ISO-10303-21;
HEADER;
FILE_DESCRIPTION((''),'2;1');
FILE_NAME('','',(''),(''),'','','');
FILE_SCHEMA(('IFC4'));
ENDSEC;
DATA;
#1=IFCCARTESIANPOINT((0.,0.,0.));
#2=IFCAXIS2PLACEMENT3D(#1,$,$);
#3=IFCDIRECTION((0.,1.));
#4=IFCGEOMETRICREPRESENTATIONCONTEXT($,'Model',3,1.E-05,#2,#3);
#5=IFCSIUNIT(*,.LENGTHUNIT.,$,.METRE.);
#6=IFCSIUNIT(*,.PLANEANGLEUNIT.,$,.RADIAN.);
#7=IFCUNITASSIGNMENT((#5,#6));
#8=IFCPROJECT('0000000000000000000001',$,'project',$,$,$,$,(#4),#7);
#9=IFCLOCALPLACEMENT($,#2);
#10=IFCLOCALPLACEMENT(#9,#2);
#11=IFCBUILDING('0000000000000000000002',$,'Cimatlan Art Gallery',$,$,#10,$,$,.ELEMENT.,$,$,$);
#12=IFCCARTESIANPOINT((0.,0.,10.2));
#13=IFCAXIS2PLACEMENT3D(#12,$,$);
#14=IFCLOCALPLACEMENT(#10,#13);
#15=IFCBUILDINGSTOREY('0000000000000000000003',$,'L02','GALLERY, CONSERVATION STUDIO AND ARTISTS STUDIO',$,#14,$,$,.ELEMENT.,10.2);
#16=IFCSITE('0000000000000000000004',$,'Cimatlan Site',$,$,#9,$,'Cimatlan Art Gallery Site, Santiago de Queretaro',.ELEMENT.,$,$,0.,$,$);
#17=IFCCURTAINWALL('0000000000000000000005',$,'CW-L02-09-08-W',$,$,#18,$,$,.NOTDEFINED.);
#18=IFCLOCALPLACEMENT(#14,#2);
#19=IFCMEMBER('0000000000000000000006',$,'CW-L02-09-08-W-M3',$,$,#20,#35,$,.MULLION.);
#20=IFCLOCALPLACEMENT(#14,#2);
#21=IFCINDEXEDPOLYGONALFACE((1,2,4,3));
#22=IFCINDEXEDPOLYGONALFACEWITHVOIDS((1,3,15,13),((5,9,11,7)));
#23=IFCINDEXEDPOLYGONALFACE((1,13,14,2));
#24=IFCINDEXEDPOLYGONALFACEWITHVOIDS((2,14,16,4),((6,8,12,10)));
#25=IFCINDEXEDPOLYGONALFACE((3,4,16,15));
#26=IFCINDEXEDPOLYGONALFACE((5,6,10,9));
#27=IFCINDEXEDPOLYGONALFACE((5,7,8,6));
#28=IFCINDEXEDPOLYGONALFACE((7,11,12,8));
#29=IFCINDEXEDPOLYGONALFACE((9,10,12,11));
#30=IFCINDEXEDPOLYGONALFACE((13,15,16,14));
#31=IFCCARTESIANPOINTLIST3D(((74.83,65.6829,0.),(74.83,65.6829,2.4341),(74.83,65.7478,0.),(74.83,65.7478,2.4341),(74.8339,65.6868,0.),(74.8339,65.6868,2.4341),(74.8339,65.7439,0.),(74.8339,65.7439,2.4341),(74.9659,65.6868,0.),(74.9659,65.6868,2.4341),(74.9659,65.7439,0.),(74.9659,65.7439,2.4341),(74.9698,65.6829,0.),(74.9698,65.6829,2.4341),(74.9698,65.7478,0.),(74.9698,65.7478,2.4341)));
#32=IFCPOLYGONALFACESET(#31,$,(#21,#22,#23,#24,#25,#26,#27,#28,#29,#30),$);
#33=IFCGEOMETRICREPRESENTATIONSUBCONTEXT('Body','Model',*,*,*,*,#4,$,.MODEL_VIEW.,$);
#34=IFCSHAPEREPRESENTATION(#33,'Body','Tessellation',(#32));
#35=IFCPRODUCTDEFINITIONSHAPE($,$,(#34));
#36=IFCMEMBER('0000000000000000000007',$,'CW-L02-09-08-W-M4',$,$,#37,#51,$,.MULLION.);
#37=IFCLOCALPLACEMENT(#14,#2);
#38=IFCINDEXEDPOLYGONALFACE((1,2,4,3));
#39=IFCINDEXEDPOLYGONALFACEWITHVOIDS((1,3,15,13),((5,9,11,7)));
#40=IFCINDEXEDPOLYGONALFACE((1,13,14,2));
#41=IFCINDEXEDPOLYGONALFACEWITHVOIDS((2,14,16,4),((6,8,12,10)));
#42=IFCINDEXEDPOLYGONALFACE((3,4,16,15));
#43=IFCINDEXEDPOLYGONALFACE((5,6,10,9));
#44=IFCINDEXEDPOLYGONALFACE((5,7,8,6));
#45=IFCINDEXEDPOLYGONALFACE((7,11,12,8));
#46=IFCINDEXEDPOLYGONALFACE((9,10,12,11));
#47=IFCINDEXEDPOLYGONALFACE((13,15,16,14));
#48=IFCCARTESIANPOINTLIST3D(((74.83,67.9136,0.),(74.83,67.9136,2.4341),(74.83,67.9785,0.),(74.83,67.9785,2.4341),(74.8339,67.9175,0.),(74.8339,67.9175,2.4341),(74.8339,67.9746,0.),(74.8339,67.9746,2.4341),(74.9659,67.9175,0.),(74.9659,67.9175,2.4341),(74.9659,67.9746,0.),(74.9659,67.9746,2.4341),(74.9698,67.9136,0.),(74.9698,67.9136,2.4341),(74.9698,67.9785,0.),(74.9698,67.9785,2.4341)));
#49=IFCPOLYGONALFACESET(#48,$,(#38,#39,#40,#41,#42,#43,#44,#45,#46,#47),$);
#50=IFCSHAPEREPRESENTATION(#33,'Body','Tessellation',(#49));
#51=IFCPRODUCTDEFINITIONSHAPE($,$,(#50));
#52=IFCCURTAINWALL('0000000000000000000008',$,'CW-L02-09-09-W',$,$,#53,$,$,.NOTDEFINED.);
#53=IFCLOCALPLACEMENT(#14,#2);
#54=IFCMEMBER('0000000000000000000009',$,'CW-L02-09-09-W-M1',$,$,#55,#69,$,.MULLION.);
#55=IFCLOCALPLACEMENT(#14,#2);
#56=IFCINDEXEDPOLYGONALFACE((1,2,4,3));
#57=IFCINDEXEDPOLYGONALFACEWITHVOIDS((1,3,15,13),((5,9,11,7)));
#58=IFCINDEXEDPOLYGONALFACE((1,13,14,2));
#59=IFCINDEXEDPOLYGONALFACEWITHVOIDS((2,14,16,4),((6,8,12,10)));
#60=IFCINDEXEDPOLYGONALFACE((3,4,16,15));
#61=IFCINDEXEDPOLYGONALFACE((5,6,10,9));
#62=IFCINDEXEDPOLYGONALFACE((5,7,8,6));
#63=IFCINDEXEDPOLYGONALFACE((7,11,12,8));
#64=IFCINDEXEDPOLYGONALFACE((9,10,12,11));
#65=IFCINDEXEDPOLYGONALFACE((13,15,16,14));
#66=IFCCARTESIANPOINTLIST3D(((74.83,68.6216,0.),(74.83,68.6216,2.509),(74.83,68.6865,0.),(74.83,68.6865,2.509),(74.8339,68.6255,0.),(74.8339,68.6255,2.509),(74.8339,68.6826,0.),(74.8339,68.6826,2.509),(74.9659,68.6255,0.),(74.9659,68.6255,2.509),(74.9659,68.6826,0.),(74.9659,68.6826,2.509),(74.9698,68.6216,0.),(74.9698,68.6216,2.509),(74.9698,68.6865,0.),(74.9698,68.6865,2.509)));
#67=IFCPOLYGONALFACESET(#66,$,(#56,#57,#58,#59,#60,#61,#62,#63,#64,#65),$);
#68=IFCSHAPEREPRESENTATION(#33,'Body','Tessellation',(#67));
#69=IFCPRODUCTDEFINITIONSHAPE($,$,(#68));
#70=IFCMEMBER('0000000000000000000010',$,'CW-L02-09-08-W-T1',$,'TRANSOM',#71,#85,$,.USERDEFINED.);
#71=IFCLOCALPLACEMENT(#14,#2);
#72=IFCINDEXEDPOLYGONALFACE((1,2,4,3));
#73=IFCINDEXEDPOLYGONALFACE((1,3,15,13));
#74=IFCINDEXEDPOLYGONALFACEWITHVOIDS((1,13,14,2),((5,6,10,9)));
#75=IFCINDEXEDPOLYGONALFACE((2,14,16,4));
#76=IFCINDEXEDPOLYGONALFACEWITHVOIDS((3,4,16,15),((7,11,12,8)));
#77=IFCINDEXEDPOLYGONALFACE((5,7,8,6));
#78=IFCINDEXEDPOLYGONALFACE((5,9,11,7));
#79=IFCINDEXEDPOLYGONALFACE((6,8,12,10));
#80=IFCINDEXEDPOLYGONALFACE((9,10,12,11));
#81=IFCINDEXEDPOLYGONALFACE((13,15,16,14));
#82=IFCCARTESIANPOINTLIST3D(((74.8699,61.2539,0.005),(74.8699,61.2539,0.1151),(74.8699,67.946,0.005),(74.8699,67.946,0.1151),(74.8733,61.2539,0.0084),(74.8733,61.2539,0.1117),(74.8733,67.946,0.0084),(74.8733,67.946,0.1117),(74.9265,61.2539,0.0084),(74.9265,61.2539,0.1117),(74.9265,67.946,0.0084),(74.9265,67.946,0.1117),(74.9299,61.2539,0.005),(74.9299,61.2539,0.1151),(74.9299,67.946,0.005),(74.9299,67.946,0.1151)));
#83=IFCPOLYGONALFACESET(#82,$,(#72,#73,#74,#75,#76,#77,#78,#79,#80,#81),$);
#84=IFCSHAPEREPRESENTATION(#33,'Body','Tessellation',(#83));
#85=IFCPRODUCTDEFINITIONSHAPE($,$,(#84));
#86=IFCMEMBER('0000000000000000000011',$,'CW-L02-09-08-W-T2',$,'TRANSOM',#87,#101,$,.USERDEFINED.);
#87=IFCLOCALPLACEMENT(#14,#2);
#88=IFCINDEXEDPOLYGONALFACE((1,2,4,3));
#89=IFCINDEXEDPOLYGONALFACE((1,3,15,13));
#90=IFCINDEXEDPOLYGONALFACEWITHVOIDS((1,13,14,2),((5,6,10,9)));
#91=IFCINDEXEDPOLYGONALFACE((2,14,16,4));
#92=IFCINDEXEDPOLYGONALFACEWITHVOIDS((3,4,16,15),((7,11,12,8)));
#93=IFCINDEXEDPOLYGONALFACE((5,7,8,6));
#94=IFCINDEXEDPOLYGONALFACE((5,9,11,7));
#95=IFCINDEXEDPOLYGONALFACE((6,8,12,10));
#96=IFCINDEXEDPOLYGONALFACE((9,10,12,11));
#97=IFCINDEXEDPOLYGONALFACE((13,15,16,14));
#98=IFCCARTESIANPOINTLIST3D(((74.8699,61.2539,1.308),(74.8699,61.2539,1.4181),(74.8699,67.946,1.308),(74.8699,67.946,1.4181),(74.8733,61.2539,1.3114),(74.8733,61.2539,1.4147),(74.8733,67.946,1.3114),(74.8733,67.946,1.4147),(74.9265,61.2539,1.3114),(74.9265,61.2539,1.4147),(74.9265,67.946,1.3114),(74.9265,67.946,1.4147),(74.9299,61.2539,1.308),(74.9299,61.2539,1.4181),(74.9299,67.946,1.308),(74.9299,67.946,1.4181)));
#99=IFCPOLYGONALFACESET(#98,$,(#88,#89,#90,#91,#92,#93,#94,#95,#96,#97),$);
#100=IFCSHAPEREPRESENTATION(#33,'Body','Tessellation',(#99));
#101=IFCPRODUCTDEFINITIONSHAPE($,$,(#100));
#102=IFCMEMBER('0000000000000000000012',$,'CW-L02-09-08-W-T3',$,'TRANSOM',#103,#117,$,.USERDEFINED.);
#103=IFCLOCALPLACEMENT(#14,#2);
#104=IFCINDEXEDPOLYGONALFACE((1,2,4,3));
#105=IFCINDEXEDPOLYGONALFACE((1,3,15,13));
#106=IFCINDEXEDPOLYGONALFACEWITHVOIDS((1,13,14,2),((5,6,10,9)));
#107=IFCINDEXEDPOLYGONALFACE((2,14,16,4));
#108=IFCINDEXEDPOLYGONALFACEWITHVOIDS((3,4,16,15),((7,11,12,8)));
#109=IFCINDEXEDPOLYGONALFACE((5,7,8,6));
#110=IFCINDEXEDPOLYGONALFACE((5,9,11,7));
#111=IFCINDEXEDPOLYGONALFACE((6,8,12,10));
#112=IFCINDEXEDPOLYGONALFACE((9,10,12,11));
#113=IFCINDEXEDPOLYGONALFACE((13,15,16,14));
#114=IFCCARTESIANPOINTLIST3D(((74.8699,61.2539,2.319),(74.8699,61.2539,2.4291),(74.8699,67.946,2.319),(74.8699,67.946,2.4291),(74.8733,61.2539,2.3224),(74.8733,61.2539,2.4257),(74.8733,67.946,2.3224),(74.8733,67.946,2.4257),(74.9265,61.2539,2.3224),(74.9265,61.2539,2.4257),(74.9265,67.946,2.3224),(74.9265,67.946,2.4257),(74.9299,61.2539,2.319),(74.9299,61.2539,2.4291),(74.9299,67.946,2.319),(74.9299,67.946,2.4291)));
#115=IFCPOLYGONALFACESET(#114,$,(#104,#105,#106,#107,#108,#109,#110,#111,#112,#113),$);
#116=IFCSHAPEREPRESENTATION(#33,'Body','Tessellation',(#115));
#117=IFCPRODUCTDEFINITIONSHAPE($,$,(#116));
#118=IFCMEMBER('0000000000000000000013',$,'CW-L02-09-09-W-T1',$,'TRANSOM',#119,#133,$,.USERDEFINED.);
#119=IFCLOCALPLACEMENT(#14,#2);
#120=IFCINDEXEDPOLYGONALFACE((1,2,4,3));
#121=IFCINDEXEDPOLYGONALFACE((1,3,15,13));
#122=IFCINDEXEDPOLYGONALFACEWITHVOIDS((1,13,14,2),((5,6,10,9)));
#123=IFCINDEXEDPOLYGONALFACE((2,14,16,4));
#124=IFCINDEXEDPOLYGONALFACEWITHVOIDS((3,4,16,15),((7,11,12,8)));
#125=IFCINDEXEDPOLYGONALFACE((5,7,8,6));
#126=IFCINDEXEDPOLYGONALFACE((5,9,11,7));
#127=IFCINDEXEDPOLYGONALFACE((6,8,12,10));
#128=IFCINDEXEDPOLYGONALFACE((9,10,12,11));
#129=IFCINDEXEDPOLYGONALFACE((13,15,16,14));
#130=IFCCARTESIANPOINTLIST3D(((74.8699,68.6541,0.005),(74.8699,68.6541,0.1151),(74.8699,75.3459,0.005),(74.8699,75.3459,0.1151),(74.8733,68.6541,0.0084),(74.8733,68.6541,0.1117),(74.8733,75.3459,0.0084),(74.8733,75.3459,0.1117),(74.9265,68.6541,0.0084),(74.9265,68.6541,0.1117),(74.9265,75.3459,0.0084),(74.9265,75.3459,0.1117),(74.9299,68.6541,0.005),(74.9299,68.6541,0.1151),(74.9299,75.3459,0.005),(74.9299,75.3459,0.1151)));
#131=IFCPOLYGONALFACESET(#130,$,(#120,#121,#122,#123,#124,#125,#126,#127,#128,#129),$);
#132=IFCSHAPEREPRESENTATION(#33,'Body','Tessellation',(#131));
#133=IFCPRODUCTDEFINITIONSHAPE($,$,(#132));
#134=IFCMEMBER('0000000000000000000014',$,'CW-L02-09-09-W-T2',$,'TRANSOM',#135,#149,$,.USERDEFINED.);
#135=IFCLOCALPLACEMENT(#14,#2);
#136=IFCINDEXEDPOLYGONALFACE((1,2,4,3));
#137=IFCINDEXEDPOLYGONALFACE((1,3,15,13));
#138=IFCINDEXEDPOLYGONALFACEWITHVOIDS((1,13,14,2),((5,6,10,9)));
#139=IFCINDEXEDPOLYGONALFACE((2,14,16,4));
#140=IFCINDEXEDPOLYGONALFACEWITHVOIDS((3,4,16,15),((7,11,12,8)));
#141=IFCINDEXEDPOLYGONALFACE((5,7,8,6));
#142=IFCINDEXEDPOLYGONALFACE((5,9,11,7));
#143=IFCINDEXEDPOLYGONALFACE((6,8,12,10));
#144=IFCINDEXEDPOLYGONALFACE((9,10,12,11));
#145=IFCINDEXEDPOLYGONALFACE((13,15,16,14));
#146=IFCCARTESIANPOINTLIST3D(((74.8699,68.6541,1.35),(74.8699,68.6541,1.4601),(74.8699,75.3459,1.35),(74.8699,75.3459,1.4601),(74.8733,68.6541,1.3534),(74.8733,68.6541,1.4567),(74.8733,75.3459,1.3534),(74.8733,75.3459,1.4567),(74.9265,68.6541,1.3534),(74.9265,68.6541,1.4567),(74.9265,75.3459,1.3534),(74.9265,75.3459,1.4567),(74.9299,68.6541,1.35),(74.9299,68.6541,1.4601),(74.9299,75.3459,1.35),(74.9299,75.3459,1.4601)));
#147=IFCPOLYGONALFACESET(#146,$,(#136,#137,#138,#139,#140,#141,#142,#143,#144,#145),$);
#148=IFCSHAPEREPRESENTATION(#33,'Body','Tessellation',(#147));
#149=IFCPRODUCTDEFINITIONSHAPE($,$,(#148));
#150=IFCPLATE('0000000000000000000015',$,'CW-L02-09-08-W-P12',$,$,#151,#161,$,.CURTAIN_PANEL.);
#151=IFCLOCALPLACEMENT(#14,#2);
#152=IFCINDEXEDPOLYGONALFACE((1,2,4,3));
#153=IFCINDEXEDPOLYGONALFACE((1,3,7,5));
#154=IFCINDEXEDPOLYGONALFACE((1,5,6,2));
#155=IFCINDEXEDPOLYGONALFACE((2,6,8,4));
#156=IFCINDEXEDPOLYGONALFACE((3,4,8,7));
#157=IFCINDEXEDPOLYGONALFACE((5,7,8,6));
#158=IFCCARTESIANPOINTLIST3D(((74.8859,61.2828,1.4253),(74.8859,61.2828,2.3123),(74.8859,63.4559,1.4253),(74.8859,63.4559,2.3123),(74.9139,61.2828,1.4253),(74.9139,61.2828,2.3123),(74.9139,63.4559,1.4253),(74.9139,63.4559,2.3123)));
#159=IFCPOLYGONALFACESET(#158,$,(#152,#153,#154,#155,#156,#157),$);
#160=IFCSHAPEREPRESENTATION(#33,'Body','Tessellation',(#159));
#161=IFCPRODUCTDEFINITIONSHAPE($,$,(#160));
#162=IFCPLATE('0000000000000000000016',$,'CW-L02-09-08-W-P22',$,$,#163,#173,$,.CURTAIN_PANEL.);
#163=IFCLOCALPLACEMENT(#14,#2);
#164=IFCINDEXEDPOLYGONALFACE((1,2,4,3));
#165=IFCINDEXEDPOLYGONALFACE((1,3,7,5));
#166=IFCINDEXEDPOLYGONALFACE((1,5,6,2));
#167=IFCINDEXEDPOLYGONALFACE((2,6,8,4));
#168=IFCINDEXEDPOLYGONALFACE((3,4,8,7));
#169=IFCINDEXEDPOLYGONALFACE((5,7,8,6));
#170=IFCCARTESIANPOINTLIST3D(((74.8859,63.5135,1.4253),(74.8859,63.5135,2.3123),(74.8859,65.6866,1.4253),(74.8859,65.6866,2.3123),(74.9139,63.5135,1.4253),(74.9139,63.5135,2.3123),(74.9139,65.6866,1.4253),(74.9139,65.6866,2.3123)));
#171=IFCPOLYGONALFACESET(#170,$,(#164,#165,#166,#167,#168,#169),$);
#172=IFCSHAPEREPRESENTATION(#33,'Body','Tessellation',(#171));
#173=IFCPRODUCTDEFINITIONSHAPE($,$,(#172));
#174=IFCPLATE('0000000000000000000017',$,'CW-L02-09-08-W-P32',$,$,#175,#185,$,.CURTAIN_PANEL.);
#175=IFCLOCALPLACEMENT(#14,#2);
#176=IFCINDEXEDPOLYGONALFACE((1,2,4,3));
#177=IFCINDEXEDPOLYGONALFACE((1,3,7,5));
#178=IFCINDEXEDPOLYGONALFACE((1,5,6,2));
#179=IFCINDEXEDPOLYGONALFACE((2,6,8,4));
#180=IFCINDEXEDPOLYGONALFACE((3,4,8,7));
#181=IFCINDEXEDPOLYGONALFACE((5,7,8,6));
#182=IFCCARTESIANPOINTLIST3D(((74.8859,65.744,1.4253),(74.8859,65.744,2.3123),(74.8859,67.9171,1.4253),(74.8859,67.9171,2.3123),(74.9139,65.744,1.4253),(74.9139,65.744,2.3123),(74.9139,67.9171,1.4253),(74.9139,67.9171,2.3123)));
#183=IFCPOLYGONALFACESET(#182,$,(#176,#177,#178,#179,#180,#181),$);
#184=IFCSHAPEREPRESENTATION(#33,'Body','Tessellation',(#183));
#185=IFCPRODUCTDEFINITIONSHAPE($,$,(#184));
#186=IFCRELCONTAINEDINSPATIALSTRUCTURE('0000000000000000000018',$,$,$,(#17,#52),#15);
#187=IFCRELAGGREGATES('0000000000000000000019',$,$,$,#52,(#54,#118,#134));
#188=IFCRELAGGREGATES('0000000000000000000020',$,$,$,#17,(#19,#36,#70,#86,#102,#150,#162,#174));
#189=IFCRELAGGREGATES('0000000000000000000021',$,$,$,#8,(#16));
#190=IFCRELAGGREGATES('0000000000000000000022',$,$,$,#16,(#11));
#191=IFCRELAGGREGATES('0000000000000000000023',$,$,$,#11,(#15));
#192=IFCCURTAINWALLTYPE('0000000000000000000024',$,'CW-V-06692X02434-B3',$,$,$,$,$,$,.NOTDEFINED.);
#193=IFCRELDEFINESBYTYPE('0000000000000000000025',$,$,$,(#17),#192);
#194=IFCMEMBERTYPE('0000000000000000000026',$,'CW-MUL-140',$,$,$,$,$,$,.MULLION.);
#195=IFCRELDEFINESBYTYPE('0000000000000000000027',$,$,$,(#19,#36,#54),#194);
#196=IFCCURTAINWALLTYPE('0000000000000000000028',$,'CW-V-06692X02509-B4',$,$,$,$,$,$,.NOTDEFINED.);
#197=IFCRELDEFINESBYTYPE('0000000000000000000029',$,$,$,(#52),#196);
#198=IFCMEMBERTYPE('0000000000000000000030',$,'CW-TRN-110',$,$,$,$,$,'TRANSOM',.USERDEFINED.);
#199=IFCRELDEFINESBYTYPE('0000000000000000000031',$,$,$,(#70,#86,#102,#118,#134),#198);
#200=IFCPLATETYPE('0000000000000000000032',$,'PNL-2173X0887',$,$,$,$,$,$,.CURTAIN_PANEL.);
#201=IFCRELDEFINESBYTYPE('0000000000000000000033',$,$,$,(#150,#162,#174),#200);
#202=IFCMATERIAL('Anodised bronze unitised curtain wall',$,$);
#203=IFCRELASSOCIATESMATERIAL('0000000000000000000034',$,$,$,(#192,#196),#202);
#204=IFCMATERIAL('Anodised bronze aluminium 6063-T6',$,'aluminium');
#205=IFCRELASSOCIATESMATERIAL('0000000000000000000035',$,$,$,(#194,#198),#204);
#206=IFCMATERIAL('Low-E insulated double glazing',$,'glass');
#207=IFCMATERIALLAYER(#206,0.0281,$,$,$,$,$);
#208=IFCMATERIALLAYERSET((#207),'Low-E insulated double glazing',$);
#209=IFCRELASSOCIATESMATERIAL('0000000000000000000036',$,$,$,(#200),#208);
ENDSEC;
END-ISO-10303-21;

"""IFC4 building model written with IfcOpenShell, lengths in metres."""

from ifc_helpers import new_model, si_unit, direction, frame, origin, origin_2d, place, context, subcontext, project, spatial, rectangle, hollow_rectangle, extrude, material, layer, layer_set, material_profile, profile_set, type_object, element, aggregate, save


model = new_model("IFC4")

# Units and contexts
model_context = context("Model", 3, precision=1e-05, world=origin(), true_north=direction((0.0, 1.0)))
body_context = subcontext(model_context, "Body", "Model", "MODEL_VIEW")
ifc_project = project(units=[si_unit("LENGTHUNIT", "METRE"), si_unit("PLANEANGLEUNIT", "RADIAN")], contexts=[model_context])

# Site, building, storey
site_placement = place(None, origin())
site = spatial("IfcSite", under=ifc_project, at=site_placement, Name="Cimatlan Site", LongName="Cimatlan Art Gallery Site, Santiago de Queretaro", CompositionType="ELEMENT", RefElevation=0.0)
building_placement = place(site_placement, origin())
building = spatial("IfcBuilding", under=site, at=building_placement, Name="Cimatlan Art Gallery", CompositionType="ELEMENT")
storey_placement = place(building_placement, frame((0.0, 0.0, 10.2)))
storey = spatial("IfcBuildingStorey", under=building, at=storey_placement, Name="L02", Description="GALLERY, CONSERVATION STUDIO AND ARTISTS STUDIO", CompositionType="ELEMENT", Elevation=10.2)

# Curtain wall, members
ifc_material_1 = material(Name="Anodised bronze unitised curtain wall")
curtain_wall_type_1 = type_object("IfcCurtainWallType", Name="CW-V-06692X02434-B3", PredefinedType="NOTDEFINED", material=ifc_material_1)
curtain_wall_1_placement = place(storey_placement, origin())
curtain_wall_1 = element("IfcCurtainWall", 1, at=curtain_wall_1_placement, inside=storey, type_object=curtain_wall_type_1, Name="CW-L02-09-08-W", PredefinedType="NOTDEFINED")
ifc_material_2 = material(Name="Anodised bronze aluminium 6063-T6", Category="aluminium")
ifc_material_profile_1 = material_profile(ifc_material_2, hollow_rectangle(XDim=0.0649, YDim=0.1399, WallThickness=0.0039, at=origin_2d()), Name="ALU65X140X4")
ifc_profile_set_1 = profile_set([ifc_material_profile_1], Name="Anodised bronze aluminium 6063-T6")
member_type_1 = type_object("IfcMemberType", Name="CW-MUL-140", PredefinedType="MULLION", material=ifc_profile_set_1)
member_1_placement = place(storey_placement, frame((74.8999, 65.7153, 0.0), z_axis=(0.0, 0.0, 1.0), x_axis=(0.0, 1.0, 0.0)))
member_1 = element("IfcMember", 2, at=member_1_placement, type_object=member_type_1, Name="CW-L02-09-08-W-M3", PredefinedType="MULLION", context=body_context, shape_type="SweptSolid", body=[
    extrude(hollow_rectangle(XDim=0.0649, YDim=0.1399, WallThickness=0.0039, at=origin_2d()), origin(), (0.0, 0.0, 1.0), 2.4341),
])
member_2_placement = place(storey_placement, frame((74.8999, 67.946, 0.0), z_axis=(0.0, 0.0, 1.0), x_axis=(0.0, 1.0, 0.0)))
member_2 = element("IfcMember", 3, at=member_2_placement, type_object=member_type_1, Name="CW-L02-09-08-W-M4", PredefinedType="MULLION", context=body_context, shape_type="SweptSolid", body=[
    extrude(hollow_rectangle(XDim=0.0649, YDim=0.1399, WallThickness=0.0039, at=origin_2d()), origin(), (0.0, 0.0, 1.0), 2.4341),
])

# Curtain wall, member
curtain_wall_type_2 = type_object("IfcCurtainWallType", Name="CW-V-06692X02509-B4", PredefinedType="NOTDEFINED", material=ifc_material_1)
curtain_wall_2_placement = place(storey_placement, origin())
curtain_wall_2 = element("IfcCurtainWall", 4, at=curtain_wall_2_placement, inside=storey, type_object=curtain_wall_type_2, Name="CW-L02-09-09-W", PredefinedType="NOTDEFINED")
member_3_placement = place(storey_placement, frame((74.8999, 68.6541, 0.0), z_axis=(0.0, 0.0, 1.0), x_axis=(0.0, 1.0, 0.0)))
member_3 = element("IfcMember", 5, at=member_3_placement, type_object=member_type_1, Name="CW-L02-09-09-W-M1", PredefinedType="MULLION", context=body_context, shape_type="SweptSolid", body=[
    extrude(hollow_rectangle(XDim=0.0649, YDim=0.1399, WallThickness=0.0039, at=origin_2d()), origin(), (0.0, 0.0, 1.0), 2.509),
])

# Members
ifc_material_profile_2 = material_profile(ifc_material_2, hollow_rectangle(XDim=0.0601, YDim=0.1101, WallThickness=0.0034, at=origin_2d()), Name="ALU60X110X3")
ifc_profile_set_2 = profile_set([ifc_material_profile_2], Name="Anodised bronze aluminium 6063-T6")
member_type_2 = type_object("IfcMemberType", Name="CW-TRN-110", ElementType="TRANSOM", PredefinedType="USERDEFINED", material=ifc_profile_set_2)
member_4_placement = place(storey_placement, frame((74.8999, 61.2539, 0.0601), z_axis=(0.0, 1.0, 0.0), x_axis=(-1.0, 0.0, 0.0)))
member_4 = element("IfcMember", 6, at=member_4_placement, type_object=member_type_2, Name="CW-L02-09-08-W-T1", ObjectType="TRANSOM", PredefinedType="USERDEFINED", context=body_context, shape_type="SweptSolid", body=[
    extrude(hollow_rectangle(XDim=0.0601, YDim=0.1101, WallThickness=0.0034, at=origin_2d()), origin(), (0.0, 0.0, 1.0), 6.6921),
])
member_5_placement = place(storey_placement, frame((74.8999, 61.2539, 1.363), z_axis=(0.0, 1.0, 0.0), x_axis=(-1.0, 0.0, 0.0)))
member_5 = element("IfcMember", 7, at=member_5_placement, type_object=member_type_2, Name="CW-L02-09-08-W-T2", ObjectType="TRANSOM", PredefinedType="USERDEFINED", context=body_context, shape_type="SweptSolid", body=[
    extrude(hollow_rectangle(XDim=0.0601, YDim=0.1101, WallThickness=0.0034, at=origin_2d()), origin(), (0.0, 0.0, 1.0), 6.6921),
])
member_6_placement = place(storey_placement, frame((74.8999, 61.2539, 2.374), z_axis=(0.0, 1.0, 0.0), x_axis=(-1.0, 0.0, 0.0)))
member_6 = element("IfcMember", 8, at=member_6_placement, type_object=member_type_2, Name="CW-L02-09-08-W-T3", ObjectType="TRANSOM", PredefinedType="USERDEFINED", context=body_context, shape_type="SweptSolid", body=[
    extrude(hollow_rectangle(XDim=0.0601, YDim=0.1101, WallThickness=0.0034, at=origin_2d()), origin(), (0.0, 0.0, 1.0), 6.6921),
])
member_7_placement = place(storey_placement, frame((74.8999, 68.6541, 0.0601), z_axis=(0.0, 1.0, 0.0), x_axis=(-1.0, 0.0, 0.0)))
member_7 = element("IfcMember", 9, at=member_7_placement, type_object=member_type_2, Name="CW-L02-09-09-W-T1", ObjectType="TRANSOM", PredefinedType="USERDEFINED", context=body_context, shape_type="SweptSolid", body=[
    extrude(hollow_rectangle(XDim=0.0601, YDim=0.1101, WallThickness=0.0034, at=origin_2d()), origin(), (0.0, 0.0, 1.0), 6.6919),
])
member_8_placement = place(storey_placement, frame((74.8999, 68.6541, 1.405), z_axis=(0.0, 1.0, 0.0), x_axis=(-1.0, 0.0, 0.0)))
member_8 = element("IfcMember", 10, at=member_8_placement, type_object=member_type_2, Name="CW-L02-09-09-W-T2", ObjectType="TRANSOM", PredefinedType="USERDEFINED", context=body_context, shape_type="SweptSolid", body=[
    extrude(hollow_rectangle(XDim=0.0601, YDim=0.1101, WallThickness=0.0034, at=origin_2d()), origin(), (0.0, 0.0, 1.0), 6.6919),
])
aggregate(curtain_wall_2, [member_3, member_7, member_8])

# Plates
ifc_material_3 = material(Name="Low-E insulated double glazing", Category="glass")
ifc_layer_1 = layer(ifc_material_3, 0.0281)
ifc_layer_set_1 = layer_set([ifc_layer_1], Name="Low-E insulated double glazing")
plate_type_1 = type_object("IfcPlateType", Name="PNL-2173X0887", PredefinedType="CURTAIN_PANEL", material=ifc_layer_set_1)
plate_1_placement = place(storey_placement, frame((74.8999, 62.3694, 1.4253), z_axis=(0.0, 0.0, 1.0), x_axis=(0.0, 1.0, 0.0)))
plate_1 = element("IfcPlate", 11, at=plate_1_placement, type_object=plate_type_1, Name="CW-L02-09-08-W-P12", PredefinedType="CURTAIN_PANEL", context=body_context, shape_type="SweptSolid", body=[
    extrude(rectangle(XDim=2.1731, YDim=0.0281, at=origin_2d()), origin(), (0.0, 0.0, 1.0), 0.887),
])
plate_2_placement = place(storey_placement, frame((74.8999, 64.6001, 1.4253), z_axis=(0.0, 0.0, 1.0), x_axis=(0.0, 1.0, 0.0)))
plate_2 = element("IfcPlate", 12, at=plate_2_placement, type_object=plate_type_1, Name="CW-L02-09-08-W-P22", PredefinedType="CURTAIN_PANEL", context=body_context, shape_type="SweptSolid", body=[
    extrude(rectangle(XDim=2.1731, YDim=0.0281, at=origin_2d()), origin(), (0.0, 0.0, 1.0), 0.887),
])
plate_3_placement = place(storey_placement, frame((74.8999, 66.8306, 1.4253), z_axis=(0.0, 0.0, 1.0), x_axis=(0.0, 1.0, 0.0)))
plate_3 = element("IfcPlate", 13, at=plate_3_placement, type_object=plate_type_1, Name="CW-L02-09-08-W-P32", PredefinedType="CURTAIN_PANEL", context=body_context, shape_type="SweptSolid", body=[
    extrude(rectangle(XDim=2.1731, YDim=0.0281, at=origin_2d()), origin(), (0.0, 0.0, 1.0), 0.887),
])
aggregate(curtain_wall_1, [member_1, member_2, member_4, member_5, member_6, plate_1, plate_2, plate_3])

save(model, "model.ifc")
